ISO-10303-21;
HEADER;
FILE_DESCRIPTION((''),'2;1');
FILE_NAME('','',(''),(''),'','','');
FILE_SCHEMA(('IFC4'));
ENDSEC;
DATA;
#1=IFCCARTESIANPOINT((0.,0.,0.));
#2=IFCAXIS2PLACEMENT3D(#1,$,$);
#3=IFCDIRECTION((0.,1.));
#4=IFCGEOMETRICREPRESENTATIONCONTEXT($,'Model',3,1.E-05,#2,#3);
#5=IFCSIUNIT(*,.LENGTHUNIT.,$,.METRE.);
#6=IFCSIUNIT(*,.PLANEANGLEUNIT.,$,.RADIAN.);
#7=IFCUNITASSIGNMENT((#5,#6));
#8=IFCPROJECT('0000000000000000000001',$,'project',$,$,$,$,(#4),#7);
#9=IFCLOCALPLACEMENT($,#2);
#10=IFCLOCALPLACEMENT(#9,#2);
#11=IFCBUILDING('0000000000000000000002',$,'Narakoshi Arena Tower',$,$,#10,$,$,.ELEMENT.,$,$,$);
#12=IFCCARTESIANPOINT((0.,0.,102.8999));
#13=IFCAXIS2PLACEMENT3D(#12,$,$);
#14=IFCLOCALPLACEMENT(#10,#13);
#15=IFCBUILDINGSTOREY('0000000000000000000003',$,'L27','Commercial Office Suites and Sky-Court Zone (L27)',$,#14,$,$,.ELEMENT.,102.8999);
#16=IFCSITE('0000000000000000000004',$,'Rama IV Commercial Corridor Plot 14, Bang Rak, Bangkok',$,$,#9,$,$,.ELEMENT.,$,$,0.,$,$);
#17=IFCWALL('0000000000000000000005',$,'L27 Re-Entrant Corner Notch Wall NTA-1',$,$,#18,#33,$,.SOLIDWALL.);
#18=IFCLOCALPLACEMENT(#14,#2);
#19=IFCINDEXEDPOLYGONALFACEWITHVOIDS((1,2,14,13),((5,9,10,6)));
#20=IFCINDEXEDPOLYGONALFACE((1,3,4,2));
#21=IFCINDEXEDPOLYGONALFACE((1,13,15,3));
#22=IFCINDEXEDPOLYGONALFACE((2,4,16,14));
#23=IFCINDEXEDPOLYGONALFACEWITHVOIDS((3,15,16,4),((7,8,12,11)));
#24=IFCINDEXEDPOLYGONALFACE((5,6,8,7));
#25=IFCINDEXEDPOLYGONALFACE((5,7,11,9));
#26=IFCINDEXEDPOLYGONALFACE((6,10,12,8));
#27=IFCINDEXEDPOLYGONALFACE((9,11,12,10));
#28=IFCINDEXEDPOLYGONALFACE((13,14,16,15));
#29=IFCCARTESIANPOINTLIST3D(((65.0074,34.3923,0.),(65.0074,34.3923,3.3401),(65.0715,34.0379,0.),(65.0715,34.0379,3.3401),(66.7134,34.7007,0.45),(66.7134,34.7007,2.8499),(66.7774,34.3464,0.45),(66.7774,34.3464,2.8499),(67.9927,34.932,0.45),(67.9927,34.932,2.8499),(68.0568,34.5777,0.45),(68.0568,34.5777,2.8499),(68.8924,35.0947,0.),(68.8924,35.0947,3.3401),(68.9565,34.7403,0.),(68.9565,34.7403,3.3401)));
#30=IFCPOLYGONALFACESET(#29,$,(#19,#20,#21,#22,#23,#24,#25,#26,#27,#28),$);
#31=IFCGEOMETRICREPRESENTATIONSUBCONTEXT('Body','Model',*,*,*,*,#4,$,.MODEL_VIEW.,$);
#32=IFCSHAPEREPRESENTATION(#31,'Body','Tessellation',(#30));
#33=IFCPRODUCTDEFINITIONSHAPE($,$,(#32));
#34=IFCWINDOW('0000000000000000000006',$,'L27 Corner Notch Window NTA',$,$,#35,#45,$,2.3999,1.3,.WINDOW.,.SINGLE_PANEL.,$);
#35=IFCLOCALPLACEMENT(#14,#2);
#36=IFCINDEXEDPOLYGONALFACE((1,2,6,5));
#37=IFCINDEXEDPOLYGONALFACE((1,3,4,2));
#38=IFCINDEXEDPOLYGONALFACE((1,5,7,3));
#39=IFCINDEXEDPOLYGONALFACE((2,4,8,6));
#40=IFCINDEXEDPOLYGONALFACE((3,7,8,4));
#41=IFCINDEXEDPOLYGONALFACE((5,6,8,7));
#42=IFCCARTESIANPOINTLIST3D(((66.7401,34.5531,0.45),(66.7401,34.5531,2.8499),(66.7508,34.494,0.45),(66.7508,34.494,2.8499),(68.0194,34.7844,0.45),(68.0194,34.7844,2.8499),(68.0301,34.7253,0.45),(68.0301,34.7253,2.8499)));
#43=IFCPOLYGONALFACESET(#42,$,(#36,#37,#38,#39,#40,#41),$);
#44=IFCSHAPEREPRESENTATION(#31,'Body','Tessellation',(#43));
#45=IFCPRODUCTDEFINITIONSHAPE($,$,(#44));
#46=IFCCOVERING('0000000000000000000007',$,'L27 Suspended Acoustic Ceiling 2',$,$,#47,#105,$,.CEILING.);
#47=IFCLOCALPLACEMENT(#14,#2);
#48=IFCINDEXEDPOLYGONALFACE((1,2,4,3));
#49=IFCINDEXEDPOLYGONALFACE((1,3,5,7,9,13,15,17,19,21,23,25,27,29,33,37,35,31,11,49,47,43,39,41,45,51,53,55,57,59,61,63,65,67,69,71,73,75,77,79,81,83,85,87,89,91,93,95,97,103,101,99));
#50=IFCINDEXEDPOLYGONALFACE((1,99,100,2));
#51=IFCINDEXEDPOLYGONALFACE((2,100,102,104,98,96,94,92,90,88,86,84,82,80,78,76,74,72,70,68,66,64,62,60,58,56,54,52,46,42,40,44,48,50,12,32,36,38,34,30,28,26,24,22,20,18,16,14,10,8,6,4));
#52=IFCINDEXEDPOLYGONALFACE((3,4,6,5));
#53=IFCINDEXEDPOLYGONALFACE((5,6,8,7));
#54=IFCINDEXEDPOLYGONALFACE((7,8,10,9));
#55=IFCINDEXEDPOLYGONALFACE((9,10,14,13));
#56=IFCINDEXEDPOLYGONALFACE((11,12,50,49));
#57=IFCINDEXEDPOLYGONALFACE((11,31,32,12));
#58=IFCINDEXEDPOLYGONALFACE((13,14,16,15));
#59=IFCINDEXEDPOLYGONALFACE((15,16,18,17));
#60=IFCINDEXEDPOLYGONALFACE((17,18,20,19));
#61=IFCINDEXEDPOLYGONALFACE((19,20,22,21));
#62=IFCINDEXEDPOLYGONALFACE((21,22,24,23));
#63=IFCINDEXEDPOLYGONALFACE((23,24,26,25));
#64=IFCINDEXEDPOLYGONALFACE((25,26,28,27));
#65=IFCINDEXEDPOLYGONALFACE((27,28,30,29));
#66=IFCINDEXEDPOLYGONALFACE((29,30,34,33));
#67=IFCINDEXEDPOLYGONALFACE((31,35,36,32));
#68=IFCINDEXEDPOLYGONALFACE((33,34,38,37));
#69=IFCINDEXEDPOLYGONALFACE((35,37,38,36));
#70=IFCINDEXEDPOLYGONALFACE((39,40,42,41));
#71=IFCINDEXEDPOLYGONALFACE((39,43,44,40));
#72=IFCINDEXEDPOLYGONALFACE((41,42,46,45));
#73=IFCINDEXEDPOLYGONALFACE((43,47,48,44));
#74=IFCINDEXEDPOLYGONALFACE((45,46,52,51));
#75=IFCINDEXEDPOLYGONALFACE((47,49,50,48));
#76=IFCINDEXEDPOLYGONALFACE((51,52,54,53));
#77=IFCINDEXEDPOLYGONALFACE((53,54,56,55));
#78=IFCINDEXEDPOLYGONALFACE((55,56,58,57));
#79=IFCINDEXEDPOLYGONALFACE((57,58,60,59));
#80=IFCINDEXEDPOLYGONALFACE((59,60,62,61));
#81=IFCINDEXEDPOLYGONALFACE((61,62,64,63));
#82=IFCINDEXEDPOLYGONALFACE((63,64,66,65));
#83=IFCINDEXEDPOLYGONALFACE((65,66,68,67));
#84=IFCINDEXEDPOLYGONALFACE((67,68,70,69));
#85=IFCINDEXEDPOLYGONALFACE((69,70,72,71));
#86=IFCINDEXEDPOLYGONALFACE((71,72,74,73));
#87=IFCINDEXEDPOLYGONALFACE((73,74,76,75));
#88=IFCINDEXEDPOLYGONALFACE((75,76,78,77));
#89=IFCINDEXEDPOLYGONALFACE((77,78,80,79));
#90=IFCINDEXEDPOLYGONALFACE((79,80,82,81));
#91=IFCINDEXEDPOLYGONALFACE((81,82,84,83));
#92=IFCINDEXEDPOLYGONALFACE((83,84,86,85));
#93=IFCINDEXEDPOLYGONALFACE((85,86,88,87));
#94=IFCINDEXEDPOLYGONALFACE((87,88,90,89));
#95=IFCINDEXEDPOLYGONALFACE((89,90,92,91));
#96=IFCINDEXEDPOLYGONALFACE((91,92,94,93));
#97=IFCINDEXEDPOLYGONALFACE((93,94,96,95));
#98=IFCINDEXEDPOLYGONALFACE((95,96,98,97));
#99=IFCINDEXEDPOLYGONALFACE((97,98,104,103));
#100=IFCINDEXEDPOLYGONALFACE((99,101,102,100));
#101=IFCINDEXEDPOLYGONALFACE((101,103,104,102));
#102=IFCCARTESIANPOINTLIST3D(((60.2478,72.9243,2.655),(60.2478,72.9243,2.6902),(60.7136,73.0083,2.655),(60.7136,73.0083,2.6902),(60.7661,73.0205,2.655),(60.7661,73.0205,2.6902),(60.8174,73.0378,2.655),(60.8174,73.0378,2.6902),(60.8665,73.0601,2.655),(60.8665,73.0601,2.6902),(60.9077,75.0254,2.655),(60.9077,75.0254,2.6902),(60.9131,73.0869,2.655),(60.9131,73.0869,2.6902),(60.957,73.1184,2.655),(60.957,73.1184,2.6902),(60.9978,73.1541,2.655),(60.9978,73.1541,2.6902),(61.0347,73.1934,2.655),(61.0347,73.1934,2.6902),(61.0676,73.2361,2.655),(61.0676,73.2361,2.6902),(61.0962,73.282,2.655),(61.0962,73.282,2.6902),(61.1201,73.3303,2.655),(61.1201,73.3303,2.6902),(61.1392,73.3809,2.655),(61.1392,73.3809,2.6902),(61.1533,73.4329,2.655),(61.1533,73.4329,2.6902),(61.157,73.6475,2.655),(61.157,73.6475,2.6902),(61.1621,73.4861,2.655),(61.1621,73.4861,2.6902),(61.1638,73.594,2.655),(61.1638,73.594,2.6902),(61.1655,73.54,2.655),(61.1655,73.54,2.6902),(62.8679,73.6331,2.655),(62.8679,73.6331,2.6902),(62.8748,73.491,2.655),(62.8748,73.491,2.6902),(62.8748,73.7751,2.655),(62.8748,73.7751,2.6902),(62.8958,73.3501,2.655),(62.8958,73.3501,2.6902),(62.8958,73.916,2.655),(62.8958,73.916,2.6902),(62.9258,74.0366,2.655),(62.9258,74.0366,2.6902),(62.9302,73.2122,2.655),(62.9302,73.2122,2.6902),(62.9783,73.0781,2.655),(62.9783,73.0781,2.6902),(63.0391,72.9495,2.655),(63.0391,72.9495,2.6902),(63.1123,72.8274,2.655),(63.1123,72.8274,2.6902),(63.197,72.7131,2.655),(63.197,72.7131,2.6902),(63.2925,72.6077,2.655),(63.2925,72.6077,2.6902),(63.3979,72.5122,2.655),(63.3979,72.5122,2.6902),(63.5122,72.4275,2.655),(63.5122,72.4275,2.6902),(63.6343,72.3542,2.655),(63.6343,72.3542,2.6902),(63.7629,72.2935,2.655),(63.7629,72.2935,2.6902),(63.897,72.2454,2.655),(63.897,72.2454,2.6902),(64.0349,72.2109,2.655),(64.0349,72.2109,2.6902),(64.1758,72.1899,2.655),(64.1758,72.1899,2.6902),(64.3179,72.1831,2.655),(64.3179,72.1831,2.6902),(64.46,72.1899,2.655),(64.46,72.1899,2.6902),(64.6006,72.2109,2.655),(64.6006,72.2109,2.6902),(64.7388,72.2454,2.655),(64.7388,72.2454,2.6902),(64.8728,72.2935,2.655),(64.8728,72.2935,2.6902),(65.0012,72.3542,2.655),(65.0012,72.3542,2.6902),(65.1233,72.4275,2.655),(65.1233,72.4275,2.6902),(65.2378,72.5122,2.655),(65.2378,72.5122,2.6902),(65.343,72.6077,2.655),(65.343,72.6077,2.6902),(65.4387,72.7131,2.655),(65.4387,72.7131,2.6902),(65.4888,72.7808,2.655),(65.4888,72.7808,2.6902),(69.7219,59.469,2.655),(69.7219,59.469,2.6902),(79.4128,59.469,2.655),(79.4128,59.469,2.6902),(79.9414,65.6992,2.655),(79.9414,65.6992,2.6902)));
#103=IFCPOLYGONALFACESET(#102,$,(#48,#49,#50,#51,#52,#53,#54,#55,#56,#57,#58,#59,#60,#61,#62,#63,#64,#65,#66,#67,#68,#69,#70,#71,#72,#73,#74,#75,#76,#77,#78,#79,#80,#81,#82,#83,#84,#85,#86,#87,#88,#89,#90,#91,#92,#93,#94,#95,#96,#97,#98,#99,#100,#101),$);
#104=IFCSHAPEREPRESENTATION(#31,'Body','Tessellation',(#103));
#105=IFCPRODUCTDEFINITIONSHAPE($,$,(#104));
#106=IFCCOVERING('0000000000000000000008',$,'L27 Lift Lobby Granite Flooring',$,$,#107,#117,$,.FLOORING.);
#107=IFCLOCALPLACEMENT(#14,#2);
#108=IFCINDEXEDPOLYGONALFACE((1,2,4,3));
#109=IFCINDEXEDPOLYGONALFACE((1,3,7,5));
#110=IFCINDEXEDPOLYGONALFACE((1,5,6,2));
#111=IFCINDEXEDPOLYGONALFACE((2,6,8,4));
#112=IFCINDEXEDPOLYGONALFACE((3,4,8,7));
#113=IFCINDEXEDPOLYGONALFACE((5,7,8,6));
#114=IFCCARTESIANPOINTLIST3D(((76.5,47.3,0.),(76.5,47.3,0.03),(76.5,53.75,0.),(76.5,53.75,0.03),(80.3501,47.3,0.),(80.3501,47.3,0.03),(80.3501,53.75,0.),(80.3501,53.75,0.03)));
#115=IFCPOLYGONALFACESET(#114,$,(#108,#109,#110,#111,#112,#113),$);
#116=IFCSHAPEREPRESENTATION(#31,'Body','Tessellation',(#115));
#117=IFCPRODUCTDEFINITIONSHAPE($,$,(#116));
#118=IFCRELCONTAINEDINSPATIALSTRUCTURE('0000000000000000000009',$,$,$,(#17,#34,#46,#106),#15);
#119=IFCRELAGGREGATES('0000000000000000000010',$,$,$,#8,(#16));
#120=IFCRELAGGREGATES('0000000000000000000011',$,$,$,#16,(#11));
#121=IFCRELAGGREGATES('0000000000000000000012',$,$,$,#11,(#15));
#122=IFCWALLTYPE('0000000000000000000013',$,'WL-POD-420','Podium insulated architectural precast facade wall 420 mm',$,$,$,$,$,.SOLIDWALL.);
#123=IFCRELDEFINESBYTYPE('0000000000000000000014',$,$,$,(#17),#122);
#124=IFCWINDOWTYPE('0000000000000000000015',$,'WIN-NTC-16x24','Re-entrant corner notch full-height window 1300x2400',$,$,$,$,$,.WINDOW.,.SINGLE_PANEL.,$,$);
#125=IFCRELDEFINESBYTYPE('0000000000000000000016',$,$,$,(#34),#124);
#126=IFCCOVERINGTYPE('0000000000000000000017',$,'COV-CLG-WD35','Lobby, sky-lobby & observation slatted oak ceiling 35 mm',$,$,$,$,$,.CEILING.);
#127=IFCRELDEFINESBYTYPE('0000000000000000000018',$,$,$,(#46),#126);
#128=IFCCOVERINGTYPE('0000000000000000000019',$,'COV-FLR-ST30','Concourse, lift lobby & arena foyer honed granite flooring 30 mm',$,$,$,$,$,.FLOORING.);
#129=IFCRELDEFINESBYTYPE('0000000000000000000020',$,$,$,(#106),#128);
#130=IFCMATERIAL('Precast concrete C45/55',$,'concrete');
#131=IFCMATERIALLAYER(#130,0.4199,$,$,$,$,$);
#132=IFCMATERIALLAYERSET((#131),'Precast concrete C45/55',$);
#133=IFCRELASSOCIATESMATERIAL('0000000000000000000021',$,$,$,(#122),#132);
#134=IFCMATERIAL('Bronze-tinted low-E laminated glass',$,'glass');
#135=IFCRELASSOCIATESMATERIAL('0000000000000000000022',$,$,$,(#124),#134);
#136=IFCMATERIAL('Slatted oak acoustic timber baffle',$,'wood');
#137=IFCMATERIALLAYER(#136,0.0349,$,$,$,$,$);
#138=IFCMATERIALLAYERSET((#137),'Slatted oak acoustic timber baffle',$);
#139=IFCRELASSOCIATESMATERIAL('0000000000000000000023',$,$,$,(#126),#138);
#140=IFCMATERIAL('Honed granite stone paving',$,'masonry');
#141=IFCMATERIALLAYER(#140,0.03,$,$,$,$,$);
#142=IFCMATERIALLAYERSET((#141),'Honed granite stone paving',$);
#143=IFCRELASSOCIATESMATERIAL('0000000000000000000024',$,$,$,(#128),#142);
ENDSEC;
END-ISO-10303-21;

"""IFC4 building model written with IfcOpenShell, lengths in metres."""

from ifc_helpers import new_model, si_unit, direction, frame, frame_2d, origin, place, context, subcontext, project, spatial, polyline, rectangle, outline, extrude, material, layer, layer_set, type_object, element, fill, save


model = new_model("IFC4")

# Units and contexts
model_context = context("Model", 3, precision=1e-05, world=origin(), true_north=direction((0.0, 1.0)))
body_context = subcontext(model_context, "Body", "Model", "MODEL_VIEW")
ifc_project = project(units=[si_unit("LENGTHUNIT", "METRE"), si_unit("PLANEANGLEUNIT", "RADIAN")], contexts=[model_context])

# Site, building, storey
site_placement = place(None, origin())
site = spatial("IfcSite", under=ifc_project, at=site_placement, Name="Rama IV Commercial Corridor Plot 14, Bang Rak, Bangkok", CompositionType="ELEMENT", RefElevation=0.0)
building_placement = place(site_placement, origin())
building = spatial("IfcBuilding", under=site, at=building_placement, Name="Narakoshi Arena Tower", CompositionType="ELEMENT")
storey_placement = place(building_placement, frame((0.0, 0.0, 102.8999)))
storey = spatial("IfcBuildingStorey", under=building, at=storey_placement, Name="L27", Description="Commercial Office Suites and Sky-Court Zone (L27)", CompositionType="ELEMENT", Elevation=102.8999)

# Wall, opening, window
ifc_material_1 = material(Name="Precast concrete C45/55", Category="concrete")
ifc_layer_1 = layer(ifc_material_1, 0.4199)
ifc_layer_set_1 = layer_set([ifc_layer_1], Name="Precast concrete C45/55")
wall_type_1 = type_object("IfcWallType", Name="WL-POD-420", Description="Podium insulated architectural precast facade wall 420 mm", PredefinedType="SOLIDWALL", material=ifc_layer_set_1)
ifc_material_2 = material(Name="Bronze-tinted low-E laminated glass", Category="glass")
wall_1_placement = place(storey_placement, frame((65.0393, 34.2151, 0.0), z_axis=(0.0, 0.0, 1.0), x_axis=(0.984047, 0.177911, 0.0)))
wall_1 = element("IfcWall", 1, at=wall_1_placement, inside=storey, type_object=wall_type_1, Name="L27 Re-Entrant Corner Notch Wall NTA-1", PredefinedType="SOLIDWALL", context=body_context, shape_type="SweptSolid", body=[
    extrude(rectangle(XDim=3.948, YDim=0.3601, at=frame_2d((1.9741, 0.0))), origin(), (0.0, 0.0, 1.0), 3.3401),
])
opening_1_placement = place(wall_1_placement, frame((1.7339, 0.0, 0.45)))
opening_1 = element("IfcOpeningElement", 2, at=opening_1_placement, cuts=wall_1, PredefinedType="OPENING", context=body_context, shape_type="SweptSolid", body=[
    extrude(rectangle(XDim=1.3, YDim=2.3999, at=frame_2d((0.6499, 1.2))), frame((0.0, 0.1899, 0.0), z_axis=(0.0, -1.0, 0.0), x_axis=(1.0, 0.0, 0.0)), (0.0, 0.0, 1.0), 0.3801),
])
window_type_1 = type_object("IfcWindowType", Name="WIN-NTC-16x24", Description="Re-entrant corner notch full-height window 1300x2400", PartitioningType="SINGLE_PANEL", PredefinedType="WINDOW", material=ifc_material_2)
window_1_placement = place(opening_1_placement, origin())
window_1 = element("IfcWindow", 3, at=window_1_placement, inside=storey, type_object=window_type_1, Name="L27 Corner Notch Window NTA", OverallHeight=2.3999, OverallWidth=1.3, PartitioningType="SINGLE_PANEL", PredefinedType="WINDOW", context=body_context, shape_type="SweptSolid", body=[
    extrude(rectangle(XDim=1.3, YDim=2.3999, at=frame_2d((0.6499, 1.2))), frame((0.0, 0.03, 0.0), z_axis=(0.0, -1.0, 0.0), x_axis=(1.0, 0.0, 0.0)), (0.0, 0.0, 1.0), 0.0601),
])
fill(opening_1, window_1)

# Coverings
ifc_material_3 = material(Name="Slatted oak acoustic timber baffle", Category="wood")
ifc_layer_2 = layer(ifc_material_3, 0.0349)
ifc_layer_set_2 = layer_set([ifc_layer_2], Name="Slatted oak acoustic timber baffle")
covering_type_1 = type_object("IfcCoveringType", Name="COV-CLG-WD35", Description="Lobby, sky-lobby & observation slatted oak ceiling 35 mm", PredefinedType="CEILING", material=ifc_layer_set_2)
covering_1_placement = place(storey_placement, frame((0.0, 0.0, 2.655)))
element("IfcCovering", 4, at=covering_1_placement, inside=storey, type_object=covering_type_1, Name="L27 Suspended Acoustic Ceiling 2", PredefinedType="CEILING", context=body_context, shape_type="SweptSolid", body=[
    extrude(outline(polyline([(60.7661, 73.0205), (60.8174, 73.0378), (60.8665, 73.0601), (60.9131, 73.0869), (60.957, 73.1184), (60.9978, 73.1541), (61.0347, 73.1934), (61.0676, 73.2361), (61.0962, 73.282), (61.1201, 73.3303), (61.1392, 73.3809), (61.1533, 73.4329), (61.1621, 73.4861), (61.1655, 73.54), (61.1638, 73.594), (61.157, 73.6475), (60.9077, 75.0254), (62.9258, 74.0366), (62.8958, 73.916), (62.8748, 73.7751), (62.8679, 73.6331), (62.8748, 73.491), (62.8958, 73.3501), (62.9302, 73.2122), (62.9783, 73.0781), (63.0391, 72.9495), (63.1123, 72.8274), (63.197, 72.7131), (63.2925, 72.6077), (63.3979, 72.5122), (63.5122, 72.4275), (63.6343, 72.3542), (63.7629, 72.2935), (63.897, 72.2454), (64.0349, 72.2109), (64.1758, 72.1899), (64.3179, 72.1831), (64.46, 72.1899), (64.6006, 72.2109), (64.7388, 72.2454), (64.8728, 72.2935), (65.0012, 72.3542), (65.1233, 72.4275), (65.2378, 72.5122), (65.343, 72.6077), (65.4387, 72.7131), (65.4888, 72.7808), (79.9414, 65.6992), (79.4128, 59.469), (69.7219, 59.469), (60.2478, 72.9243), (60.7136, 73.0083), (60.7661, 73.0205)])), origin(), (0.0, 0.0, 1.0), 0.0352),
])
ifc_material_4 = material(Name="Honed granite stone paving", Category="masonry")
ifc_layer_3 = layer(ifc_material_4, 0.03)
ifc_layer_set_3 = layer_set([ifc_layer_3], Name="Honed granite stone paving")
covering_type_2 = type_object("IfcCoveringType", Name="COV-FLR-ST30", Description="Concourse, lift lobby & arena foyer honed granite flooring 30 mm", PredefinedType="FLOORING", material=ifc_layer_set_3)
covering_2_placement = place(storey_placement, origin())
element("IfcCovering", 5, at=covering_2_placement, inside=storey, type_object=covering_type_2, Name="L27 Lift Lobby Granite Flooring", PredefinedType="FLOORING", context=body_context, shape_type="SweptSolid", body=[
    extrude(outline(polyline([(76.5, 47.3), (80.3501, 47.3), (80.3501, 53.75), (76.5, 53.75), (76.5, 47.3)])), origin(), (0.0, 0.0, 1.0), 0.03),
])

save(model, "model.ifc")
